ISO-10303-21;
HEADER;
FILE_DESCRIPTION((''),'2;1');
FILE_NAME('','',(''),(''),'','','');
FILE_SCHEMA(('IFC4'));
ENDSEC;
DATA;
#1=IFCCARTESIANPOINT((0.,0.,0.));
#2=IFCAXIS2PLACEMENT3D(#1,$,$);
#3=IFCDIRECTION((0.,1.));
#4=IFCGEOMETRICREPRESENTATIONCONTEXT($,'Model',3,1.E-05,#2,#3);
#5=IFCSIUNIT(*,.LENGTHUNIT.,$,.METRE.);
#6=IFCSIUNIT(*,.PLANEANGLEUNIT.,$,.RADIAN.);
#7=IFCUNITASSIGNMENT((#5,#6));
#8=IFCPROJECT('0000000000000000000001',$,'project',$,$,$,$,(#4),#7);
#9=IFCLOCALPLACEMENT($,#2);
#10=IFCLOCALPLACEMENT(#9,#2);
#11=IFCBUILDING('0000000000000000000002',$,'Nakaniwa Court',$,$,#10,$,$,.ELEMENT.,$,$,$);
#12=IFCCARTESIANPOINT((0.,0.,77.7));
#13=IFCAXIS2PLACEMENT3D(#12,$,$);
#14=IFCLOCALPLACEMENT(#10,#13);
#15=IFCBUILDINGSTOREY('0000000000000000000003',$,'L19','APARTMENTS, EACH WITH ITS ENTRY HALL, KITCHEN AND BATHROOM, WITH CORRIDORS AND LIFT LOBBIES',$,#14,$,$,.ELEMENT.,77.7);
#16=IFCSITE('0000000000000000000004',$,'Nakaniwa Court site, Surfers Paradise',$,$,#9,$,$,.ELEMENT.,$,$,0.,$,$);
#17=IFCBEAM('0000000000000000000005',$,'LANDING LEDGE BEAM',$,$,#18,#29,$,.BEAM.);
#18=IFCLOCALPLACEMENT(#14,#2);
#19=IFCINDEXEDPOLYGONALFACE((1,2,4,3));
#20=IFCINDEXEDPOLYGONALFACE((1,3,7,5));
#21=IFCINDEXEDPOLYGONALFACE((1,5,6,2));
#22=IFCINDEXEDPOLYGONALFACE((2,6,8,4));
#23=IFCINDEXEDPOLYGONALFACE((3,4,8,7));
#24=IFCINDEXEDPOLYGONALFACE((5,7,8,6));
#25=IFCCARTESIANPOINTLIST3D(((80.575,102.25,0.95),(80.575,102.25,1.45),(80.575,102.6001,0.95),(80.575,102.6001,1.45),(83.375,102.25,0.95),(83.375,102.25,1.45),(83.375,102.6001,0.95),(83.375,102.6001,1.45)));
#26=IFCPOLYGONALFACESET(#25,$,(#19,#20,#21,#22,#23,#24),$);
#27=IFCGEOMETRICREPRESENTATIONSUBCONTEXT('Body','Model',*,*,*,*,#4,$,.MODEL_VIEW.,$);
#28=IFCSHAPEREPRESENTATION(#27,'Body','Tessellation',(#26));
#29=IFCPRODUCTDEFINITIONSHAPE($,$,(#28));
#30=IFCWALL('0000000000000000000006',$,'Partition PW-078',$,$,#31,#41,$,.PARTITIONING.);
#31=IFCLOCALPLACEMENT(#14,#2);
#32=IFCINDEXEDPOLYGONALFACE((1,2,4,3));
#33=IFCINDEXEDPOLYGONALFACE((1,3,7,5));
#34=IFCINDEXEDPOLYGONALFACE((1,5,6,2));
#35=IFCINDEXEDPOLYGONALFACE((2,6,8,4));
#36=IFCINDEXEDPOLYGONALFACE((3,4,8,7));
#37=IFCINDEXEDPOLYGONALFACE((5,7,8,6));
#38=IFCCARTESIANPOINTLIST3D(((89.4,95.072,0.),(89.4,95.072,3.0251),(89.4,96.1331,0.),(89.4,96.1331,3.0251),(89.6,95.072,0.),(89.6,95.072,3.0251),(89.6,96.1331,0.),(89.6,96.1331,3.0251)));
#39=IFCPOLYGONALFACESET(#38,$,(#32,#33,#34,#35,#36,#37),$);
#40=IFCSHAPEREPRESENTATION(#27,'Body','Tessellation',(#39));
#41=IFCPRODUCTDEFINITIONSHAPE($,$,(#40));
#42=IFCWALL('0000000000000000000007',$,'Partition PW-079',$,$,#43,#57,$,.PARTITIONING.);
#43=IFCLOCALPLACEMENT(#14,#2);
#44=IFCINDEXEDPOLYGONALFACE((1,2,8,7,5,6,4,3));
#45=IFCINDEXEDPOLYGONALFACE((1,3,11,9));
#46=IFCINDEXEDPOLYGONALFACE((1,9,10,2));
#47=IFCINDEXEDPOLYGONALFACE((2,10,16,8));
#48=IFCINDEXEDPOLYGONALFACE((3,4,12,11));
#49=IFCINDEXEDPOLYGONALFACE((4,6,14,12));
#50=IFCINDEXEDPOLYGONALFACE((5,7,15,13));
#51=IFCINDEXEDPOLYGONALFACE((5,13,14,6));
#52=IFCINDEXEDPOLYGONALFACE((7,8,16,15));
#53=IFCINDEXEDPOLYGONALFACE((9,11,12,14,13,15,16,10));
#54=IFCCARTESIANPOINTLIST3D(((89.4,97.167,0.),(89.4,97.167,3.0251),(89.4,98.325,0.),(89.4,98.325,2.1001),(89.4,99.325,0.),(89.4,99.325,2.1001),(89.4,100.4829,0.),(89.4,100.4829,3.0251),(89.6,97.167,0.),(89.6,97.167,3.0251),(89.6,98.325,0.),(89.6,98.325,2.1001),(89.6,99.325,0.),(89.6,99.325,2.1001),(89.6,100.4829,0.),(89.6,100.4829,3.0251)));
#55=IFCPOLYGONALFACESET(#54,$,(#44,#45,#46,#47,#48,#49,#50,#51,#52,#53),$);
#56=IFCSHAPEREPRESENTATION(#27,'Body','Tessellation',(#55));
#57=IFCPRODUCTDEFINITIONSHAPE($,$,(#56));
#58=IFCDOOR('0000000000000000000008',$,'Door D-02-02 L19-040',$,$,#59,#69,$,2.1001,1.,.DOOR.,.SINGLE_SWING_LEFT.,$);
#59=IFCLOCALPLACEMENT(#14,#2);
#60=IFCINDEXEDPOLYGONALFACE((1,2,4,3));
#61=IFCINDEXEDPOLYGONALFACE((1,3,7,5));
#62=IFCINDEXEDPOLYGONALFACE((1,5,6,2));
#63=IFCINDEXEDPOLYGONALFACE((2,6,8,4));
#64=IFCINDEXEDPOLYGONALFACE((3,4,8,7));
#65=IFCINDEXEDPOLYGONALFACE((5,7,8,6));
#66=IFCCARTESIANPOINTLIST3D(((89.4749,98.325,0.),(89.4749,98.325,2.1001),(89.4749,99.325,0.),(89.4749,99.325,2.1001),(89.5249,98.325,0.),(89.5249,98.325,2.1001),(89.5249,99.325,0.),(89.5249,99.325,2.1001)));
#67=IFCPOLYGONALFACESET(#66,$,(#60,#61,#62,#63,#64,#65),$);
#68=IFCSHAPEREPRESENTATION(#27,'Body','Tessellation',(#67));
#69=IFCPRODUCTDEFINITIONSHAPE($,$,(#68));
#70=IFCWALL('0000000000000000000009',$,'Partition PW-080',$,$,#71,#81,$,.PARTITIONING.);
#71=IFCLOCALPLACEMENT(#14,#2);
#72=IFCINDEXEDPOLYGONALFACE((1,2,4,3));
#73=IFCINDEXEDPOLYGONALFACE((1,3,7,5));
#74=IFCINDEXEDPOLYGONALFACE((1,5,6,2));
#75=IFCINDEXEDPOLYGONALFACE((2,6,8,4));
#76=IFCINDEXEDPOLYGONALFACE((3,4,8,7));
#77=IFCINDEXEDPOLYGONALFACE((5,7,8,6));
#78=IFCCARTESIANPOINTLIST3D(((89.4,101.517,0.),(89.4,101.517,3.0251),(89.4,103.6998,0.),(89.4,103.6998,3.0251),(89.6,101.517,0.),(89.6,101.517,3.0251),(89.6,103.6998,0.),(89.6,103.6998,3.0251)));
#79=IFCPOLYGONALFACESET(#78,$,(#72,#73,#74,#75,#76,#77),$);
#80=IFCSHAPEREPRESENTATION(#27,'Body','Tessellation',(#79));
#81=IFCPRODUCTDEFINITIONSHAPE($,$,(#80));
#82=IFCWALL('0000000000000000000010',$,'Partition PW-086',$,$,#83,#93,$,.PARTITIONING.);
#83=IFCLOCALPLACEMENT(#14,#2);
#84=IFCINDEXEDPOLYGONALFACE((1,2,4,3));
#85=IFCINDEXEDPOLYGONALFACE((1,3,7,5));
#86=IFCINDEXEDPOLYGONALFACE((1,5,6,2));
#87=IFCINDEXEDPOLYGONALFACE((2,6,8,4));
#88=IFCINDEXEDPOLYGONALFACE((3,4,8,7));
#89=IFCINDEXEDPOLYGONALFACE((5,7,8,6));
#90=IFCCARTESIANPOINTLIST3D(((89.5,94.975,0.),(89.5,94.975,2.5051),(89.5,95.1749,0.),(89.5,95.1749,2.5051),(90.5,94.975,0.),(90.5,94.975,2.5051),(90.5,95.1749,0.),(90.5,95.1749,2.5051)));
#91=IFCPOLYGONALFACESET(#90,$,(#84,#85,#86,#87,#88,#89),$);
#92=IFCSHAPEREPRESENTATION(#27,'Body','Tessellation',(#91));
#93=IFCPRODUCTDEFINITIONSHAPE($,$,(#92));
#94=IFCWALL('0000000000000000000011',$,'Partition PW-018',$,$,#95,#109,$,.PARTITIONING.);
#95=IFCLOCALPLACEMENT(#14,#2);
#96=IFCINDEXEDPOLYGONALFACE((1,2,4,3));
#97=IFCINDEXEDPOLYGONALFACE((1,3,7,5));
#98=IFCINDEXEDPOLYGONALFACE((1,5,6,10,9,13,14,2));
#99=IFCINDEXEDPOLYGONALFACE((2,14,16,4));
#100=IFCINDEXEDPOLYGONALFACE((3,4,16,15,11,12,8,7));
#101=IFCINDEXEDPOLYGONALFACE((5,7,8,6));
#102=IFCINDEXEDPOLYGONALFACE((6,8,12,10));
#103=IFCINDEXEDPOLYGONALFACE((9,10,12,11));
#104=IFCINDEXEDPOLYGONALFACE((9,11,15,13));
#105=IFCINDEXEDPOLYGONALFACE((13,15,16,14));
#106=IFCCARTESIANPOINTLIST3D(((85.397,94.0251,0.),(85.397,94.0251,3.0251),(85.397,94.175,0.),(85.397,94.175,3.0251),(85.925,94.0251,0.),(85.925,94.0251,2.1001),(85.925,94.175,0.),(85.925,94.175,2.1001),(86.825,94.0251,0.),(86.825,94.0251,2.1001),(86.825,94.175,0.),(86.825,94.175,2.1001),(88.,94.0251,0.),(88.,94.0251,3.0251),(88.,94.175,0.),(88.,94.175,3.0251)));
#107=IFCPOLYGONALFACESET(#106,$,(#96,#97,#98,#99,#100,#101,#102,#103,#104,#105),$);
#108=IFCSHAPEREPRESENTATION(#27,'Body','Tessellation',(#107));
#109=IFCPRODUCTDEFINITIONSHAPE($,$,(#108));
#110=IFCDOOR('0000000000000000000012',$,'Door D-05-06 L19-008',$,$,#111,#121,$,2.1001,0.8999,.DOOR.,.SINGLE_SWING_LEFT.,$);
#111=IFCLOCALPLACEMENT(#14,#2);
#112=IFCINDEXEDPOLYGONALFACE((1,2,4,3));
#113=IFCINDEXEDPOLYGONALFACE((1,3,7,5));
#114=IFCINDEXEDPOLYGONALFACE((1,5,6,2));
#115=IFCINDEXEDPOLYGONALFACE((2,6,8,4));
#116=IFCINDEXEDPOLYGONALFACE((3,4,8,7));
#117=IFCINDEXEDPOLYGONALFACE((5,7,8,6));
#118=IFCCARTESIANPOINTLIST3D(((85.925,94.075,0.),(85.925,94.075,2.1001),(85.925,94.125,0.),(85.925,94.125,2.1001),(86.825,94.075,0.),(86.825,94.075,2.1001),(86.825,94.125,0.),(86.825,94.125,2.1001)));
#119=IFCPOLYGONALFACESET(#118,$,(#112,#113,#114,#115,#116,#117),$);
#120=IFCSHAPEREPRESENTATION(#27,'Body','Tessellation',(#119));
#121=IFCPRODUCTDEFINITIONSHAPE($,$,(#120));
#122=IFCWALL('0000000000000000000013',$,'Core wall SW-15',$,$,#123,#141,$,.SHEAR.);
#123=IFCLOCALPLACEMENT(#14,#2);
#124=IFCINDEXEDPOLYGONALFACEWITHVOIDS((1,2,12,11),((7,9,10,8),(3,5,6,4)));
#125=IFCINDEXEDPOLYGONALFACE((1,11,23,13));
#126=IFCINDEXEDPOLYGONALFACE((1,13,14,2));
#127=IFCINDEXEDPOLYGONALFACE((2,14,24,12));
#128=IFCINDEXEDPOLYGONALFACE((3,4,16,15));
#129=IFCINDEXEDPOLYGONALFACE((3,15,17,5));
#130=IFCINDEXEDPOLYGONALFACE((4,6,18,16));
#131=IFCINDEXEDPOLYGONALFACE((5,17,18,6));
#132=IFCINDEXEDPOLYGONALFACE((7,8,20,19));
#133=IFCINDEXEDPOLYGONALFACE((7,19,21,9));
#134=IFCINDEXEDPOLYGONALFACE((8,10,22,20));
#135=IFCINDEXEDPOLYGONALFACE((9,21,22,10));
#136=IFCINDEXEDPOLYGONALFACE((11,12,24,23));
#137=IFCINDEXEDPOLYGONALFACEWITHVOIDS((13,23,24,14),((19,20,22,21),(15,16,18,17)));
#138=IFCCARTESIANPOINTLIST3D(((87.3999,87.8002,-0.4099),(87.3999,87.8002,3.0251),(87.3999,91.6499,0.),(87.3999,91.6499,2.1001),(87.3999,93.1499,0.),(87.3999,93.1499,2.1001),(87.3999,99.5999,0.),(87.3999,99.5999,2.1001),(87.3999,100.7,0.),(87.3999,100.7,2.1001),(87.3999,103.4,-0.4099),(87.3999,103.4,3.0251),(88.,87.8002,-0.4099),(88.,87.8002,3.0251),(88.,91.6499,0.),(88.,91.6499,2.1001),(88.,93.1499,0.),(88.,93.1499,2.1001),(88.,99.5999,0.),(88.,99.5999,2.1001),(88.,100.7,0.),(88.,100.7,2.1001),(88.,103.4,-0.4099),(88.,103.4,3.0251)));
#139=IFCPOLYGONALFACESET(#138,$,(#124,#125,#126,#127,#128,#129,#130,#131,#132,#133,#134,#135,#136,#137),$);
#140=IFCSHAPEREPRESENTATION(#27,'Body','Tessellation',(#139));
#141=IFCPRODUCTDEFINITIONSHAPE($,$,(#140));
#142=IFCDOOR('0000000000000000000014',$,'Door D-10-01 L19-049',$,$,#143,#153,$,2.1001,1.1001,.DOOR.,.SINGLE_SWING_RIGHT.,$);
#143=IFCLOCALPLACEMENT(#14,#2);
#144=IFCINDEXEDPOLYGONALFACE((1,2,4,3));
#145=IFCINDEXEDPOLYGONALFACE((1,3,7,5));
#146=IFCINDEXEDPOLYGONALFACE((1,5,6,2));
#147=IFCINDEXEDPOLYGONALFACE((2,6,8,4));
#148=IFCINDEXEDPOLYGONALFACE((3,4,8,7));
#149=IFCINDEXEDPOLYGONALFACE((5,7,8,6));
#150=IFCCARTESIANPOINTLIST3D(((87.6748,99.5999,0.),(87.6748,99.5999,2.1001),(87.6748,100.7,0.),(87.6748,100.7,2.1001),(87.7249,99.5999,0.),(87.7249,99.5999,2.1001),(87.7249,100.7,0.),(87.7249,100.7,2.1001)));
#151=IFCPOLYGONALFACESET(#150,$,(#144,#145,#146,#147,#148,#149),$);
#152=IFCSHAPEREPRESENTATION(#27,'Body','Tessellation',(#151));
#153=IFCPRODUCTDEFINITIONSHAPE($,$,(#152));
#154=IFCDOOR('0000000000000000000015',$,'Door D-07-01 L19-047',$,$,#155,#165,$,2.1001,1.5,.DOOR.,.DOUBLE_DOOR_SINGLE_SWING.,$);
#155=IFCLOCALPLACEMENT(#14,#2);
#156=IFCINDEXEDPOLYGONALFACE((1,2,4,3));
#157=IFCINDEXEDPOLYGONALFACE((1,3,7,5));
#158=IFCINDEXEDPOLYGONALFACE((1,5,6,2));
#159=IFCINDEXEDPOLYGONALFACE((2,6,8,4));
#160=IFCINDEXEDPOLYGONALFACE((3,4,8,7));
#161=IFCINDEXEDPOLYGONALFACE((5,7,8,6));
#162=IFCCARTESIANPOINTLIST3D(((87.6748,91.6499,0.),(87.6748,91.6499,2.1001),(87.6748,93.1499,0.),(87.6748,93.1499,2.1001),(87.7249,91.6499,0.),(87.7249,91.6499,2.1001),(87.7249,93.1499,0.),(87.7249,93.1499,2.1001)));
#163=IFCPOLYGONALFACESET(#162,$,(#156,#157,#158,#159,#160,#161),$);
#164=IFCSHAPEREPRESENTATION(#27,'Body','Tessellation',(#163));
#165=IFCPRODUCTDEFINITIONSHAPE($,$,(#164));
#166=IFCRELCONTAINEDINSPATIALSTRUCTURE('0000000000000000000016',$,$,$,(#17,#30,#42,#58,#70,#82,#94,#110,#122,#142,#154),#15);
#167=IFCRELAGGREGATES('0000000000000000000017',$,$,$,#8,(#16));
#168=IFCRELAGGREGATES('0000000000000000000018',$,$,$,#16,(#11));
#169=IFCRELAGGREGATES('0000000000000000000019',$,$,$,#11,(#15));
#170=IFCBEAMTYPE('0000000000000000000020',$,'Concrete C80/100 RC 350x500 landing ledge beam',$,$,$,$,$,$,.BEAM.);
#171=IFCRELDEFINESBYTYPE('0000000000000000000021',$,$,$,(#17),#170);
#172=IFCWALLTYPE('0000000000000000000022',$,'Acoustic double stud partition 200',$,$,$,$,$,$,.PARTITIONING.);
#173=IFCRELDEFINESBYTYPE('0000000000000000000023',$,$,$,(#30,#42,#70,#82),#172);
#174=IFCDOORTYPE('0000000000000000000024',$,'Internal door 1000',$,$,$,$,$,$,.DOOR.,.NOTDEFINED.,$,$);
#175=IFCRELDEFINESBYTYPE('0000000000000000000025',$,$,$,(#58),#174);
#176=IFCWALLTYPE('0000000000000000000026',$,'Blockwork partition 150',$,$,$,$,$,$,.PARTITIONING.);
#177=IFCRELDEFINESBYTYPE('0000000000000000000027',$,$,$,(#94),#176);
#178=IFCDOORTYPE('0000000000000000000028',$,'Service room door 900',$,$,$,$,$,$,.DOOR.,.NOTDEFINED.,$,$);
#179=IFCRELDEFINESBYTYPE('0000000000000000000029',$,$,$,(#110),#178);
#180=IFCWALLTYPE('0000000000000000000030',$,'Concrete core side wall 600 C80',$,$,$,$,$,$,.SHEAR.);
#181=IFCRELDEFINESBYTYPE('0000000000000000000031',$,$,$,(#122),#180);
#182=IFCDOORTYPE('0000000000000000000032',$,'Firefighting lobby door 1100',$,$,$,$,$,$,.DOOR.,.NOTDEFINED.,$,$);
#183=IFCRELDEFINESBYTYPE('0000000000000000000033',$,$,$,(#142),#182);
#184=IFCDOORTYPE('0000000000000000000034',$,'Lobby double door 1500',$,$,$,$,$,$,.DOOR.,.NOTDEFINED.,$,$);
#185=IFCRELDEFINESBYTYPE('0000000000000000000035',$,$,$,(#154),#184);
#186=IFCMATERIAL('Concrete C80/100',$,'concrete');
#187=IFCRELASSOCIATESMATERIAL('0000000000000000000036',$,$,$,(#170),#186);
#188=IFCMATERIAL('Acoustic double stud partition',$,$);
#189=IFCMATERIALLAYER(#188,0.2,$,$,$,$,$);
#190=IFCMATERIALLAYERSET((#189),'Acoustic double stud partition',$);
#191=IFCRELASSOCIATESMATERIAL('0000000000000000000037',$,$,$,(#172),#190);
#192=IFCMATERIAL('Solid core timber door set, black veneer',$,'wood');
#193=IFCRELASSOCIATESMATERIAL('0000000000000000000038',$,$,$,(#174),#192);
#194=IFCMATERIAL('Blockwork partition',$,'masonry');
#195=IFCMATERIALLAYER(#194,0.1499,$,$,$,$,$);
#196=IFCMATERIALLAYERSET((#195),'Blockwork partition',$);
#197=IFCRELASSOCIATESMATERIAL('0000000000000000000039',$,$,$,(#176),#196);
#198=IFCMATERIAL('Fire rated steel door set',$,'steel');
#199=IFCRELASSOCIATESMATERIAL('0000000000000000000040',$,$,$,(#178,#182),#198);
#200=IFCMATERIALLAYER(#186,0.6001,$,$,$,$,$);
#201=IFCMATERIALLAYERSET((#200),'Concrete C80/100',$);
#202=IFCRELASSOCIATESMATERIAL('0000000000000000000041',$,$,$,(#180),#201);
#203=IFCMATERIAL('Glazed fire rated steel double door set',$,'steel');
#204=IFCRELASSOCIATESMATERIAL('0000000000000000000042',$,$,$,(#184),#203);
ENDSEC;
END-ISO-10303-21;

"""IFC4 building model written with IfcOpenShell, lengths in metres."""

from ifc_helpers import new_model, si_unit, direction, frame, frame_2d, origin, origin_2d, place, context, subcontext, project, spatial, rectangle, extrude, material, layer, layer_set, material_profile, profile_set, type_object, element, fill, save


model = new_model("IFC4")

# Units and contexts
model_context = context("Model", 3, precision=1e-05, world=origin(), true_north=direction((0.0, 1.0)))
body_context = subcontext(model_context, "Body", "Model", "MODEL_VIEW")
ifc_project = project(units=[si_unit("LENGTHUNIT", "METRE"), si_unit("PLANEANGLEUNIT", "RADIAN")], contexts=[model_context])

# Site, building, storey
site_placement = place(None, origin())
site = spatial("IfcSite", under=ifc_project, at=site_placement, Name="Nakaniwa Court site, Surfers Paradise", CompositionType="ELEMENT", RefElevation=0.0)
building_placement = place(site_placement, origin())
building = spatial("IfcBuilding", under=site, at=building_placement, Name="Nakaniwa Court", CompositionType="ELEMENT")
storey_placement = place(building_placement, frame((0.0, 0.0, 77.7)))
storey = spatial("IfcBuildingStorey", under=building, at=storey_placement, Name="L19", Description="APARTMENTS, EACH WITH ITS ENTRY HALL, KITCHEN AND BATHROOM, WITH CORRIDORS AND LIFT LOBBIES", CompositionType="ELEMENT", Elevation=77.7)

# Beam
ifc_material_1 = material(Name="Concrete C80/100", Category="concrete")
ifc_material_profile = material_profile(ifc_material_1, rectangle(XDim=0.3501, YDim=0.5, at=origin_2d()), Name="Concrete C80/100 RC 350x500 landing ledge beam")
ifc_profile_set = profile_set([ifc_material_profile], Name="Concrete C80/100")
beam_type = type_object("IfcBeamType", Name="Concrete C80/100 RC 350x500 landing ledge beam", PredefinedType="BEAM", material=ifc_profile_set)
beam_placement = place(storey_placement, frame((80.575, 102.425, 1.2), z_axis=(1.0, 0.0, 0.0), x_axis=(0.0, 1.0, 0.0)))
element("IfcBeam", 1, at=beam_placement, inside=storey, type_object=beam_type, Name="LANDING LEDGE BEAM", PredefinedType="BEAM", context=body_context, shape_type="SweptSolid", body=[
    extrude(rectangle(XDim=0.3501, YDim=0.5, at=origin_2d()), origin(), (0.0, 0.0, 1.0), 2.8),
])

# Wall
ifc_material_2 = material(Name="Acoustic double stud partition")
ifc_layer_1 = layer(ifc_material_2, 0.2)
ifc_layer_set_1 = layer_set([ifc_layer_1], Name="Acoustic double stud partition")
wall_type_1 = type_object("IfcWallType", Name="Acoustic double stud partition 200", PredefinedType="PARTITIONING", material=ifc_layer_set_1)
wall_1_placement = place(storey_placement, frame((89.5, 95.072, 0.0), z_axis=(0.0, 0.0, 1.0), x_axis=(0.0, 1.0, 0.0)))
element("IfcWall", 2, at=wall_1_placement, inside=storey, type_object=wall_type_1, Name="Partition PW-078", PredefinedType="PARTITIONING", context=body_context, shape_type="SweptSolid", body=[
    extrude(rectangle(XDim=1.061, YDim=0.2, at=frame_2d((0.5305, 0.0))), origin(), (0.0, 0.0, 1.0), 3.0251),
])

# Wall, opening, door
wall_2_placement = place(storey_placement, frame((89.5, 100.4829, 0.0), z_axis=(0.0, 0.0, 1.0), x_axis=(0.0, -1.0, 0.0)))
wall_2 = element("IfcWall", 3, at=wall_2_placement, inside=storey, type_object=wall_type_1, Name="Partition PW-079", PredefinedType="PARTITIONING", context=body_context, shape_type="SweptSolid", body=[
    extrude(rectangle(XDim=3.3159, YDim=0.2, at=frame_2d((1.658, 0.0))), origin(), (0.0, 0.0, 1.0), 3.0251),
])
opening_1_placement = place(wall_2_placement, frame((1.158, 0.0, 0.0)))
opening_1 = element("IfcOpeningElement", 4, at=opening_1_placement, cuts=wall_2, PredefinedType="OPENING", context=body_context, shape_type="SweptSolid", body=[
    extrude(rectangle(XDim=1.0, YDim=2.1001, at=frame_2d((0.5, 1.05))), frame((0.0, 0.1099, 0.0), z_axis=(0.0, -1.0, 0.0), x_axis=(1.0, 0.0, 0.0)), (0.0, 0.0, 1.0), 0.22),
])
ifc_material_3 = material(Name="Solid core timber door set, black veneer", Category="wood")
door_type_1 = type_object("IfcDoorType", Name="Internal door 1000", OperationType="NOTDEFINED", PredefinedType="DOOR", material=ifc_material_3)
door_1_placement = place(opening_1_placement, origin())
door_1 = element("IfcDoor", 5, at=door_1_placement, inside=storey, type_object=door_type_1, Name="Door D-02-02 L19-040", OperationType="SINGLE_SWING_LEFT", OverallHeight=2.1001, OverallWidth=1.0, PredefinedType="DOOR", context=body_context, shape_type="SweptSolid", body=[
    extrude(rectangle(XDim=1.0, YDim=2.1001, at=frame_2d((0.5, 1.05))), frame((0.0, 0.0249, 0.0), z_axis=(0.0, -1.0, 0.0), x_axis=(1.0, 0.0, 0.0)), (0.0, 0.0, 1.0), 0.05),
])
fill(opening_1, door_1)

# Walls
wall_3_placement = place(storey_placement, frame((89.5, 101.5171, 0.0), z_axis=(0.0, 0.0, 1.0), x_axis=(0.0, 1.0, 0.0)))
element("IfcWall", 6, at=wall_3_placement, inside=storey, type_object=wall_type_1, Name="Partition PW-080", PredefinedType="PARTITIONING", context=body_context, shape_type="SweptSolid", body=[
    extrude(rectangle(XDim=2.1829, YDim=0.2, at=frame_2d((1.0913, 0.0))), origin(), (0.0, 0.0, 1.0), 3.0251),
])
wall_4_placement = place(storey_placement, frame((89.5, 95.075, 0.0), z_axis=(0.0, 0.0, 1.0), x_axis=(1.0, 0.0, 0.0)))
element("IfcWall", 7, at=wall_4_placement, inside=storey, type_object=wall_type_1, Name="Partition PW-086", PredefinedType="PARTITIONING", context=body_context, shape_type="SweptSolid", body=[
    extrude(rectangle(XDim=1.0, YDim=0.2, at=frame_2d((0.5, 0.0))), origin(), (0.0, 0.0, 1.0), 2.5051),
])

# Wall, opening, door
ifc_material_4 = material(Name="Blockwork partition", Category="masonry")
ifc_layer_2 = layer(ifc_material_4, 0.1499)
ifc_layer_set_2 = layer_set([ifc_layer_2], Name="Blockwork partition")
wall_type_2 = type_object("IfcWallType", Name="Blockwork partition 150", PredefinedType="PARTITIONING", material=ifc_layer_set_2)
wall_5_placement = place(storey_placement, frame((85.397, 94.1001, 0.0), z_axis=(0.0, 0.0, 1.0), x_axis=(1.0, 0.0, 0.0)))
wall_5 = element("IfcWall", 8, at=wall_5_placement, inside=storey, type_object=wall_type_2, Name="Partition PW-018", PredefinedType="PARTITIONING", context=body_context, shape_type="SweptSolid", body=[
    extrude(rectangle(XDim=2.603, YDim=0.1499, at=frame_2d((1.3015, 0.0))), origin(), (0.0, 0.0, 1.0), 3.0251),
])
opening_2_placement = place(wall_5_placement, frame((0.5281, 0.0, 0.0)))
opening_2 = element("IfcOpeningElement", 9, at=opening_2_placement, cuts=wall_5, PredefinedType="OPENING", context=body_context, shape_type="SweptSolid", body=[
    extrude(rectangle(XDim=0.8999, YDim=2.1001, at=frame_2d((0.45, 1.05))), frame((0.0, 0.085, 0.0), z_axis=(0.0, -1.0, 0.0), x_axis=(1.0, 0.0, 0.0)), (0.0, 0.0, 1.0), 0.1699),
])
ifc_material_5 = material(Name="Fire rated steel door set", Category="steel")
door_type_2 = type_object("IfcDoorType", Name="Service room door 900", OperationType="NOTDEFINED", PredefinedType="DOOR", material=ifc_material_5)
door_2_placement = place(opening_2_placement, origin())
door_2 = element("IfcDoor", 10, at=door_2_placement, inside=storey, type_object=door_type_2, Name="Door D-05-06 L19-008", OperationType="SINGLE_SWING_LEFT", OverallHeight=2.1001, OverallWidth=0.8999, PredefinedType="DOOR", context=body_context, shape_type="SweptSolid", body=[
    extrude(rectangle(XDim=0.8999, YDim=2.1001, at=frame_2d((0.45, 1.05))), frame((0.0, 0.0249, 0.0), z_axis=(0.0, -1.0, 0.0), x_axis=(1.0, 0.0, 0.0)), (0.0, 0.0, 1.0), 0.05),
])
fill(opening_2, door_2)

# Wall, openings, doors
ifc_layer_3 = layer(ifc_material_1, 0.6001)
ifc_layer_set_3 = layer_set([ifc_layer_3], Name="Concrete C80/100")
wall_type_3 = type_object("IfcWallType", Name="Concrete core side wall 600 C80", PredefinedType="SHEAR", material=ifc_layer_set_3)
wall_6_placement = place(storey_placement, frame((87.7, 103.3999, -0.4099), z_axis=(0.0, 0.0, 1.0), x_axis=(0.0, -1.0, 0.0)))
wall_6 = element("IfcWall", 11, at=wall_6_placement, inside=storey, type_object=wall_type_3, Name="Core wall SW-15", PredefinedType="SHEAR", context=body_context, shape_type="SweptSolid", body=[
    extrude(rectangle(XDim=15.5999, YDim=0.6001, at=frame_2d((7.7998, 0.0))), origin(), (0.0, 0.0, 1.0), 3.4351),
])
opening_3_placement = place(wall_6_placement, frame((10.25, 0.0, 0.4099)))
opening_3 = element("IfcOpeningElement", 12, at=opening_3_placement, cuts=wall_6, PredefinedType="OPENING", context=body_context, shape_type="SweptSolid", body=[
    extrude(rectangle(XDim=1.5, YDim=2.1001, at=frame_2d((0.75, 1.05))), frame((0.0, 0.3101, 0.0), z_axis=(0.0, -1.0, 0.0), x_axis=(1.0, 0.0, 0.0)), (0.0, 0.0, 1.0), 0.6201),
])
opening_4_placement = place(wall_6_placement, frame((2.7, 0.0, 0.4099)))
opening_4 = element("IfcOpeningElement", 13, at=opening_4_placement, cuts=wall_6, PredefinedType="OPENING", context=body_context, shape_type="SweptSolid", body=[
    extrude(rectangle(XDim=1.1001, YDim=2.1001, at=frame_2d((0.55, 1.05))), frame((0.0, 0.3101, 0.0), z_axis=(0.0, -1.0, 0.0), x_axis=(1.0, 0.0, 0.0)), (0.0, 0.0, 1.0), 0.6201),
])
door_type_3 = type_object("IfcDoorType", Name="Firefighting lobby door 1100", OperationType="NOTDEFINED", PredefinedType="DOOR", material=ifc_material_5)
door_3_placement = place(opening_4_placement, origin())
door_3 = element("IfcDoor", 14, at=door_3_placement, inside=storey, type_object=door_type_3, Name="Door D-10-01 L19-049", OperationType="SINGLE_SWING_RIGHT", OverallHeight=2.1001, OverallWidth=1.1001, PredefinedType="DOOR", context=body_context, shape_type="SweptSolid", body=[
    extrude(rectangle(XDim=1.1001, YDim=2.1001, at=frame_2d((0.55, 1.05))), frame((0.0, 0.0249, 0.0), z_axis=(0.0, -1.0, 0.0), x_axis=(1.0, 0.0, 0.0)), (0.0, 0.0, 1.0), 0.05),
])
fill(opening_4, door_3)
ifc_material_6 = material(Name="Glazed fire rated steel double door set", Category="steel")
door_type_4 = type_object("IfcDoorType", Name="Lobby double door 1500", OperationType="NOTDEFINED", PredefinedType="DOOR", material=ifc_material_6)
door_4_placement = place(opening_3_placement, origin())
door_4 = element("IfcDoor", 15, at=door_4_placement, inside=storey, type_object=door_type_4, Name="Door D-07-01 L19-047", OperationType="DOUBLE_DOOR_SINGLE_SWING", OverallHeight=2.1001, OverallWidth=1.5, PredefinedType="DOOR", context=body_context, shape_type="SweptSolid", body=[
    extrude(rectangle(XDim=1.5, YDim=2.1001, at=frame_2d((0.75, 1.05))), frame((0.0, 0.0249, 0.0), z_axis=(0.0, -1.0, 0.0), x_axis=(1.0, 0.0, 0.0)), (0.0, 0.0, 1.0), 0.05),
])
fill(opening_3, door_4)

save(model, "model.ifc")
